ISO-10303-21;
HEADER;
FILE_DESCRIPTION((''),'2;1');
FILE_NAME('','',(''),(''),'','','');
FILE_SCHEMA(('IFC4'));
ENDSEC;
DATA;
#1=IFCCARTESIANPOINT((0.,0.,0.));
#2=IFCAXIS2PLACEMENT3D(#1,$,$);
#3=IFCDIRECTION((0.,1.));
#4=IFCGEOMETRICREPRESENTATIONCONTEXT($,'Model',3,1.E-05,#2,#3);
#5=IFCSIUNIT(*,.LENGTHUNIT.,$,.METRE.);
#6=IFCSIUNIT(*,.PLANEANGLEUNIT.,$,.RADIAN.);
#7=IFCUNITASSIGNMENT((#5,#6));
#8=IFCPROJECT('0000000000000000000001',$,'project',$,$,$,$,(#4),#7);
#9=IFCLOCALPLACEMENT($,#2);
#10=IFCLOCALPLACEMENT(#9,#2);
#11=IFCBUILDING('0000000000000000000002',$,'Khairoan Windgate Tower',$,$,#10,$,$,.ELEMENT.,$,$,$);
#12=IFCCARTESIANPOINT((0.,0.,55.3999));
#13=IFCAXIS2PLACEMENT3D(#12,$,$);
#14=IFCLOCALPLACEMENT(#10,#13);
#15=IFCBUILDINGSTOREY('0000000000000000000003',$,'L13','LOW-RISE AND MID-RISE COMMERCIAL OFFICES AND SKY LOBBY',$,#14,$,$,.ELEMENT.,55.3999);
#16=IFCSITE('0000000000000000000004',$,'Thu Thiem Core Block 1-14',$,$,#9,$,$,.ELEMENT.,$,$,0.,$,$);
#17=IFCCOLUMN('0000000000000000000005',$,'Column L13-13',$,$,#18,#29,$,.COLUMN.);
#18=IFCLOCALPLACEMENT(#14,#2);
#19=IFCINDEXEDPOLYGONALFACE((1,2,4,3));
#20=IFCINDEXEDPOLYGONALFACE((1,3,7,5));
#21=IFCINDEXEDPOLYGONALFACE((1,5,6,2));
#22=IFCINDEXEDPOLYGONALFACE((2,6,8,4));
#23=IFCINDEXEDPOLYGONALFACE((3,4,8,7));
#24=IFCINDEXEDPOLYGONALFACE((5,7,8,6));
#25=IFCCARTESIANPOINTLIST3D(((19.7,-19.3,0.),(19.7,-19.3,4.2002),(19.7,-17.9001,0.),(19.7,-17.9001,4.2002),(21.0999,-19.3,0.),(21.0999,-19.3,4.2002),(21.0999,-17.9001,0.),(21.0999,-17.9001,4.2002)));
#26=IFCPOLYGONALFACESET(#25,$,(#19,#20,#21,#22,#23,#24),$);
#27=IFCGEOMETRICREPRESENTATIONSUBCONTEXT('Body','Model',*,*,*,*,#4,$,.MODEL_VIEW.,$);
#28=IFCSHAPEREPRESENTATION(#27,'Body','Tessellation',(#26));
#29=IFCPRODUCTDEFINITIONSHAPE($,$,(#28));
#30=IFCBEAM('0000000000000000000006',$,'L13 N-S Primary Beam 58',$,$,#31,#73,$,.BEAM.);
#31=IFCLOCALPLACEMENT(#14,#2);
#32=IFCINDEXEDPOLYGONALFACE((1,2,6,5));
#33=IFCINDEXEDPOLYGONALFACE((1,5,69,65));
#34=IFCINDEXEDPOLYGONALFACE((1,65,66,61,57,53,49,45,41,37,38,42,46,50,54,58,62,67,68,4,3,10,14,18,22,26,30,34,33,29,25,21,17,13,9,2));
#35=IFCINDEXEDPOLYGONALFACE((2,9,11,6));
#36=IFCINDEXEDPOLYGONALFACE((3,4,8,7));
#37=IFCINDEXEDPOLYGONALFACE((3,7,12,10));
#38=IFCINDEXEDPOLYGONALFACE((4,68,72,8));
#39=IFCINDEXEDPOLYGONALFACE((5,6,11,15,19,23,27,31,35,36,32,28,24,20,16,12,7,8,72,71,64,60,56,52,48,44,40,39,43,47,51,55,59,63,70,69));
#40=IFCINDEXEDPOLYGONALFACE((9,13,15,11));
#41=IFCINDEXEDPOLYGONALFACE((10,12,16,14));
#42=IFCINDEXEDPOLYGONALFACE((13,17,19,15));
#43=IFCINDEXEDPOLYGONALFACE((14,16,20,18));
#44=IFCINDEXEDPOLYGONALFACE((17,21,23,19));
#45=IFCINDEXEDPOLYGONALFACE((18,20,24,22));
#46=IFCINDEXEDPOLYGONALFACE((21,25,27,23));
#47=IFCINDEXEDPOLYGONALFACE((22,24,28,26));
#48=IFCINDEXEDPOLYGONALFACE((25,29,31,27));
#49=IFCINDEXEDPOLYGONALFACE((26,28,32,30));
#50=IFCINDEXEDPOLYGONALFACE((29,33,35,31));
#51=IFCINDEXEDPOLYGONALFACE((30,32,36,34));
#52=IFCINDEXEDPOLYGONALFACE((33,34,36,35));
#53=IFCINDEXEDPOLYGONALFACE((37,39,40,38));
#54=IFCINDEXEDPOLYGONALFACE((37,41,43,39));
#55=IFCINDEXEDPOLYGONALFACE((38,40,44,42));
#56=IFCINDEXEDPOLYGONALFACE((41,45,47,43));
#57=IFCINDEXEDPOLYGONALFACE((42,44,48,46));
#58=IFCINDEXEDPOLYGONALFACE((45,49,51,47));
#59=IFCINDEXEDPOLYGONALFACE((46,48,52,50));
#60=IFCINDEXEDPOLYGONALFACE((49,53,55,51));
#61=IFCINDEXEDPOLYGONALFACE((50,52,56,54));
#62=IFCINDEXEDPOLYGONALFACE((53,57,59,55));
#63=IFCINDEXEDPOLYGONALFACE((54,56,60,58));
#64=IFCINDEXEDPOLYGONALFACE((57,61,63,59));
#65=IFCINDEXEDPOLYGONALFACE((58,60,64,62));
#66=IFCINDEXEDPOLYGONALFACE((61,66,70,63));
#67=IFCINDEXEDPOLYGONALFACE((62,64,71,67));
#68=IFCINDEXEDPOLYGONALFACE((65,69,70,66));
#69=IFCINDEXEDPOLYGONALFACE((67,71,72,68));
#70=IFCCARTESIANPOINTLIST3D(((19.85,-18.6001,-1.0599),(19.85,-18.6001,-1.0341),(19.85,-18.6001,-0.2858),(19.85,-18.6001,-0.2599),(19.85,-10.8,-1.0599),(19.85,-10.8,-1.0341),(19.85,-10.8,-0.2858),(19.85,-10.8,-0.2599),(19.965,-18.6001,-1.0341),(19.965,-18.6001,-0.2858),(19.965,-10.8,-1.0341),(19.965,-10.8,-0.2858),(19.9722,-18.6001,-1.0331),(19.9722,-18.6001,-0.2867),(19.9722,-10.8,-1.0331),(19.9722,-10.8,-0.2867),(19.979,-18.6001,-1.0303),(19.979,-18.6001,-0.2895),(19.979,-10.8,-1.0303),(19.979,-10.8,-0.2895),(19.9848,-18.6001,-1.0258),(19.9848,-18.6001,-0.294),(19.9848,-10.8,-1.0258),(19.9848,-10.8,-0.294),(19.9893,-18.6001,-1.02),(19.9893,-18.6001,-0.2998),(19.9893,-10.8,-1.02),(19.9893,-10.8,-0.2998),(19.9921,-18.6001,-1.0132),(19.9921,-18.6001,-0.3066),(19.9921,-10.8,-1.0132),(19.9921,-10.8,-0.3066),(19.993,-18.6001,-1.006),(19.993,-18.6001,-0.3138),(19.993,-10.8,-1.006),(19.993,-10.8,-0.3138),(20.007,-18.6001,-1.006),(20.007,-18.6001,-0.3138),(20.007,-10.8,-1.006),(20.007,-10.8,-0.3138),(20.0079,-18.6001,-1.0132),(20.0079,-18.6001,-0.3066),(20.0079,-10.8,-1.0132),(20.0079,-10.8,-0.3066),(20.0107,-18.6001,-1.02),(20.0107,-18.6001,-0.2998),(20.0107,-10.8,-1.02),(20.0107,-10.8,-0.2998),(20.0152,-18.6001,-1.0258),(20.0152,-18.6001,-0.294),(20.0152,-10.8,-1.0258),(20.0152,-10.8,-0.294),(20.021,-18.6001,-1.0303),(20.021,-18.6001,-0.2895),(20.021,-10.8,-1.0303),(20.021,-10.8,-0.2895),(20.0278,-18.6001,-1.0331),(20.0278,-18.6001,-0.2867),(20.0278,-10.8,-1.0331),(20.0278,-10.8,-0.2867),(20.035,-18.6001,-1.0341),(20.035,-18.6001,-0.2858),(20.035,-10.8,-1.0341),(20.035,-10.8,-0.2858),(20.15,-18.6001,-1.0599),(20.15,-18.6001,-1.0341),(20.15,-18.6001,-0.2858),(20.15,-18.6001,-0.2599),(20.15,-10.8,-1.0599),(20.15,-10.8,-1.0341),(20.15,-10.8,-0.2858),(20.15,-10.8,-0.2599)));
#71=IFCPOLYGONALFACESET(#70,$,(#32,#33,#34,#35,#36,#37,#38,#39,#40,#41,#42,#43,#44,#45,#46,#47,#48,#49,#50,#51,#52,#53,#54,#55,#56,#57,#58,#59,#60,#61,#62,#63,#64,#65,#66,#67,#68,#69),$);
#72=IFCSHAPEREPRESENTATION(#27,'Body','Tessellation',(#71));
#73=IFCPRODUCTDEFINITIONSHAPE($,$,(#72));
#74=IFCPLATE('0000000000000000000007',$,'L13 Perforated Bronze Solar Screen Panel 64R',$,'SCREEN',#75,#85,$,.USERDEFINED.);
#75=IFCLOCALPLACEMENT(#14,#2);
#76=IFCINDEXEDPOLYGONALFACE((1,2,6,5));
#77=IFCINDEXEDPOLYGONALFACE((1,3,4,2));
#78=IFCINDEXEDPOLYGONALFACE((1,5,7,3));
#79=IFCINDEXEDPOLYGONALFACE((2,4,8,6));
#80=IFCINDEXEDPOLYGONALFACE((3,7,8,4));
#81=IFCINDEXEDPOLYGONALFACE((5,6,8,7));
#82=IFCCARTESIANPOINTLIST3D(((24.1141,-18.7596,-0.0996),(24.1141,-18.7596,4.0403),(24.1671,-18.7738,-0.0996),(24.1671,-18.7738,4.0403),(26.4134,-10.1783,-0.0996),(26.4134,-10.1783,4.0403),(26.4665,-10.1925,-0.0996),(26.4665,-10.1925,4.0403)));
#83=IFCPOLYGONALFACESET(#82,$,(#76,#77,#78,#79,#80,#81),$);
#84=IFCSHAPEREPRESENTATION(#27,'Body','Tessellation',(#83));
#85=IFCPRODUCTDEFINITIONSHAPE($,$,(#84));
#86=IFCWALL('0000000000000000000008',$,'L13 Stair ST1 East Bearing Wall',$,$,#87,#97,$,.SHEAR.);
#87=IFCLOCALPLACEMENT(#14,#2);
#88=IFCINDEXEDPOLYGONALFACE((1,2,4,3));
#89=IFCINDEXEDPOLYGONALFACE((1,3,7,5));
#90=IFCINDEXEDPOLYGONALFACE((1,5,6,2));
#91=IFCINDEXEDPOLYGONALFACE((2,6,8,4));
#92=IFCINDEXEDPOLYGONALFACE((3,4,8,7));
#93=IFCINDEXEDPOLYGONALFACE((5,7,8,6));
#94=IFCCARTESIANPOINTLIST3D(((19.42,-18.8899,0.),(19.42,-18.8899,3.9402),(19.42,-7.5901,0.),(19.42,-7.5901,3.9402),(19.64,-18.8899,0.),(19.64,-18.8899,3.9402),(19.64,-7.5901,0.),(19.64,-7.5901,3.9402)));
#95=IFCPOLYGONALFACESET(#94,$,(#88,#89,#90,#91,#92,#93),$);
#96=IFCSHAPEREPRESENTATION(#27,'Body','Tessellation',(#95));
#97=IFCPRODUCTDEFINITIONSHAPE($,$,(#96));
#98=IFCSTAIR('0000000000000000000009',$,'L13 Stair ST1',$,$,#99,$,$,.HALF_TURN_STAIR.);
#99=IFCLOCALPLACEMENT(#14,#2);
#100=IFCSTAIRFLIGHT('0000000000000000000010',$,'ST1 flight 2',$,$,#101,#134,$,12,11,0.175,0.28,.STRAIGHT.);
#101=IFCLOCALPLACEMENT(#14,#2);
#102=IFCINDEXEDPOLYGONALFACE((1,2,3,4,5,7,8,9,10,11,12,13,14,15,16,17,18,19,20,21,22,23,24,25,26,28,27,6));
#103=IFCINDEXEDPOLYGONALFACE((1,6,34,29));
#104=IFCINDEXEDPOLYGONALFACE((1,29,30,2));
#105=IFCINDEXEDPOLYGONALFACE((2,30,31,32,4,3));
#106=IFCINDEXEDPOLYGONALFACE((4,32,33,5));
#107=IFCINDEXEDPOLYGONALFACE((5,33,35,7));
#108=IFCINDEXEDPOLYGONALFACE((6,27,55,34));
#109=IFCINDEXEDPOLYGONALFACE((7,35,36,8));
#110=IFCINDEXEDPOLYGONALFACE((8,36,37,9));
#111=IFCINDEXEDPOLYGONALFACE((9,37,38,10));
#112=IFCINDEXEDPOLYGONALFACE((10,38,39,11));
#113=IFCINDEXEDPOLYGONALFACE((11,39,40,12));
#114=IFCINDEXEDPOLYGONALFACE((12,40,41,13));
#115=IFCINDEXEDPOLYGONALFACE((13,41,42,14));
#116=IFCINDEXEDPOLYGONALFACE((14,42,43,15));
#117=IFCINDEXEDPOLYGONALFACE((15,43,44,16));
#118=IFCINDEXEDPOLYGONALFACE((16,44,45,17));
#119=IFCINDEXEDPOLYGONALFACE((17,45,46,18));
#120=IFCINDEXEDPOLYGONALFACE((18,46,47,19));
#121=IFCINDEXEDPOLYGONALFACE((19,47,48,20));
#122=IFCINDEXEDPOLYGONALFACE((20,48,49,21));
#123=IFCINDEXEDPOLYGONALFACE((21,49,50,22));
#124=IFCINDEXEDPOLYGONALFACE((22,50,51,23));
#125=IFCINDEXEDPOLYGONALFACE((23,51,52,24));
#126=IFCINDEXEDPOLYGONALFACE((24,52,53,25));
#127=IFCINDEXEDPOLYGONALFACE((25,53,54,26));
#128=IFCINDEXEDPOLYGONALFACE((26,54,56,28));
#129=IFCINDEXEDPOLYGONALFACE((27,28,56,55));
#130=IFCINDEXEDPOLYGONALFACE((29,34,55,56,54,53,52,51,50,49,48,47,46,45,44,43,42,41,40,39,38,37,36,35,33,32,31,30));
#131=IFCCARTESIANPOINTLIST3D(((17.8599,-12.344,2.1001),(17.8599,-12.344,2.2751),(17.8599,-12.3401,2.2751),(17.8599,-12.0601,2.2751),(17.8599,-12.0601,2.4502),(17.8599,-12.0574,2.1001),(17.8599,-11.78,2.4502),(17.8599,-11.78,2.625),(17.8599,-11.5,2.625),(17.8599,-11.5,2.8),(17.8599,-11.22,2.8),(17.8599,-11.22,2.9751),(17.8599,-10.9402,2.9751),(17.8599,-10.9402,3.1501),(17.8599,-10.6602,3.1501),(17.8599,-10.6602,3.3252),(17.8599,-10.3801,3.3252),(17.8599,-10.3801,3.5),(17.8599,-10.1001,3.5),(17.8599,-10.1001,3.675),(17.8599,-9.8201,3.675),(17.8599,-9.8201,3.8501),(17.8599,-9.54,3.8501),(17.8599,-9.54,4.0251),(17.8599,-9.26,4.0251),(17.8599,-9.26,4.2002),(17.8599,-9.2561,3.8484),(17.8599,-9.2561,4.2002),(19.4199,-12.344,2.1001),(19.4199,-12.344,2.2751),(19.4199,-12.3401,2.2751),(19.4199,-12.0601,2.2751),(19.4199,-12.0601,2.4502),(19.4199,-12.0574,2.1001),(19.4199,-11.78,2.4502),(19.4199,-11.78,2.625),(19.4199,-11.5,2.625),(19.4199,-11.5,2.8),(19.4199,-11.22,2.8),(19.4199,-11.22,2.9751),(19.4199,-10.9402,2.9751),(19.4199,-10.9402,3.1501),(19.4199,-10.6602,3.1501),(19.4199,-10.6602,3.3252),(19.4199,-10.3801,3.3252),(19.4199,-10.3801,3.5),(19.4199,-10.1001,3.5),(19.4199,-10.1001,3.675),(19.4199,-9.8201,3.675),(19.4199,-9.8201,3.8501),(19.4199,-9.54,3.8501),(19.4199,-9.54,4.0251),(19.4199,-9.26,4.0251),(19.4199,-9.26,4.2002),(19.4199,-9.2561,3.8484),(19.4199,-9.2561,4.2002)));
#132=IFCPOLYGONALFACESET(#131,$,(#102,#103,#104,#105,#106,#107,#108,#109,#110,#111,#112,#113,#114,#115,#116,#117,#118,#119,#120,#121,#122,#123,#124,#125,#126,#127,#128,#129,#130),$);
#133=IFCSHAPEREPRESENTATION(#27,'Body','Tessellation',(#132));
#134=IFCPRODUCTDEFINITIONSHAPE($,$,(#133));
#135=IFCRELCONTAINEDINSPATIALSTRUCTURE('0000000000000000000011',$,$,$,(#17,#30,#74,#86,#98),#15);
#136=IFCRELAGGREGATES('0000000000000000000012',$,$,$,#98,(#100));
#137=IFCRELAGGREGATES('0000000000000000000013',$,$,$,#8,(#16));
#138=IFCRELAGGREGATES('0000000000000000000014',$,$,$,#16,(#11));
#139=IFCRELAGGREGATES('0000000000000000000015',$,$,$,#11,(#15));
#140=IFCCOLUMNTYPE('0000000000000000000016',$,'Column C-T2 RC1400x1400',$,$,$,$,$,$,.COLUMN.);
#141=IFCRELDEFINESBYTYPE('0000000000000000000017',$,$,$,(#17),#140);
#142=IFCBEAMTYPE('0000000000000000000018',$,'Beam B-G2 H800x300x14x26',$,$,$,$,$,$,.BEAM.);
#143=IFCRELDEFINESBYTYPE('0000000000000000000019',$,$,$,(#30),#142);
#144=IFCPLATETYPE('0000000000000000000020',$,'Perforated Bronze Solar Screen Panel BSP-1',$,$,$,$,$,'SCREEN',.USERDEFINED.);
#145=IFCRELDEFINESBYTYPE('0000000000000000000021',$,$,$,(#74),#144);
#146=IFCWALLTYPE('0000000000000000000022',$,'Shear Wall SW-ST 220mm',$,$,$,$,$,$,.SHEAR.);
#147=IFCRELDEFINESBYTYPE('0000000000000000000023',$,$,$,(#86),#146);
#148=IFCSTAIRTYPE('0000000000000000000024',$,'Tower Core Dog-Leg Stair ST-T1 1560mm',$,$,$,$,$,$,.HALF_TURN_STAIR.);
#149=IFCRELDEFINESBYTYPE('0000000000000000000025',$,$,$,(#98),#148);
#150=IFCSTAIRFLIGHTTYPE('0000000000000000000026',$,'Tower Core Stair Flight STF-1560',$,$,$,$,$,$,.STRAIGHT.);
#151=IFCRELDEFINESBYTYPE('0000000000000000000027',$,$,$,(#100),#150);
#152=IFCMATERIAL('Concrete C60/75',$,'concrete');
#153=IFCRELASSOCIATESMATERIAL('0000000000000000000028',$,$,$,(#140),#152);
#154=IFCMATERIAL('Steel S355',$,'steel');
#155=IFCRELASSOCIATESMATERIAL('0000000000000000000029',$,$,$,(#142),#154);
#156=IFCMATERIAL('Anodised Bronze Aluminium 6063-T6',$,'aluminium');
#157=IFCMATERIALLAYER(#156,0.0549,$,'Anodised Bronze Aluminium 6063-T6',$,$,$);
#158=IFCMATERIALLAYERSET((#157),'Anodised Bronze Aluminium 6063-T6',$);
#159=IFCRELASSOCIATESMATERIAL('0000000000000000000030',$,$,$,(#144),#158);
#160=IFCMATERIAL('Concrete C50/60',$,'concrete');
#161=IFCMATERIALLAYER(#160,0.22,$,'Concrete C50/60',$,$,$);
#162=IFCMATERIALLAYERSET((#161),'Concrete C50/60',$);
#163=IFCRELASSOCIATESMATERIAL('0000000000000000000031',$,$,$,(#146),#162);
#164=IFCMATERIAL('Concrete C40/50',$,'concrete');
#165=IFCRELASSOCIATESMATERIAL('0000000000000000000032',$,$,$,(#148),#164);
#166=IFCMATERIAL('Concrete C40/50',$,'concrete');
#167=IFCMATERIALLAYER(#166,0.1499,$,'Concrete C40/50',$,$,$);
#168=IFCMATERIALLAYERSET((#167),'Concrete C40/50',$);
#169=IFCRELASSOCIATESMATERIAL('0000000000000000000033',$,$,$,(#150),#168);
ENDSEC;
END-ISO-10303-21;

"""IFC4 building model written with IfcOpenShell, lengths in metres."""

from ifc_helpers import new_model, si_unit, direction, frame, frame_2d, origin, origin_2d, place, context, subcontext, project, spatial, polyline, rectangle, i_section, outline, extrude, material, layer, layer_set, material_profile, profile_set, type_object, element, aggregate, save


model = new_model("IFC4")

# Units and contexts
model_context = context("Model", 3, precision=1e-05, world=origin(), true_north=direction((0.0, 1.0)))
body_context = subcontext(model_context, "Body", "Model", "MODEL_VIEW")
ifc_project = project(units=[si_unit("LENGTHUNIT", "METRE"), si_unit("PLANEANGLEUNIT", "RADIAN")], contexts=[model_context])

# Site, building, storey
site_placement = place(None, origin())
site = spatial("IfcSite", under=ifc_project, at=site_placement, Name="Thu Thiem Core Block 1-14", CompositionType="ELEMENT", RefElevation=0.0)
building_placement = place(site_placement, origin())
building = spatial("IfcBuilding", under=site, at=building_placement, Name="Khairoan Windgate Tower", CompositionType="ELEMENT")
storey_placement = place(building_placement, frame((0.0, 0.0, 55.3999)))
storey = spatial("IfcBuildingStorey", under=building, at=storey_placement, Name="L13", Description="LOW-RISE AND MID-RISE COMMERCIAL OFFICES AND SKY LOBBY", CompositionType="ELEMENT", Elevation=55.3999)

# Column
ifc_material_1 = material(Name="Concrete C60/75", Category="concrete")
ifc_material_profile_1 = material_profile(ifc_material_1, rectangle(XDim=1.3999, YDim=1.3999, at=origin_2d()))
ifc_profile_set_1 = profile_set([ifc_material_profile_1], Name="Concrete C60/75")
column_type = type_object("IfcColumnType", Name="Column C-T2 RC1400x1400", PredefinedType="COLUMN", material=ifc_profile_set_1)
column_placement = place(storey_placement, frame((20.3999, -18.6001, 0.0), z_axis=(0.0, 0.0, 1.0), x_axis=(1.0, 0.0, 0.0)))
element("IfcColumn", 1, at=column_placement, inside=storey, type_object=column_type, Name="Column L13-13", PredefinedType="COLUMN", context=body_context, shape_type="SweptSolid", body=[
    extrude(rectangle(XDim=1.3999, YDim=1.3999, at=origin_2d()), origin(), (0.0, 0.0, 1.0), 4.2002),
])

# Beam
ifc_material_2 = material(Name="Steel S355", Category="steel")
ifc_material_profile_2 = material_profile(ifc_material_2, i_section(OverallWidth=0.3, OverallDepth=0.8, WebThickness=0.0139, FlangeThickness=0.0259, FilletRadius=0.0281, at=origin_2d()))
ifc_profile_set_2 = profile_set([ifc_material_profile_2], Name="Steel S355")
beam_type = type_object("IfcBeamType", Name="Beam B-G2 H800x300x14x26", PredefinedType="BEAM", material=ifc_profile_set_2)
beam_placement = place(storey_placement, frame((20.0, -18.6001, -0.6599), z_axis=(0.0, 1.0, 0.0), x_axis=(-1.0, 0.0, 0.0)))
element("IfcBeam", 2, at=beam_placement, inside=storey, type_object=beam_type, Name="L13 N-S Primary Beam 58", PredefinedType="BEAM", context=body_context, shape_type="SweptSolid", body=[
    extrude(i_section(OverallWidth=0.3, OverallDepth=0.8, WebThickness=0.0139, FlangeThickness=0.0259, FilletRadius=0.0281, at=origin_2d()), origin(), (0.0, 0.0, 1.0), 7.8),
])

# Plate
ifc_material_3 = material(Name="Anodised Bronze Aluminium 6063-T6", Category="aluminium")
ifc_layer_1 = layer(ifc_material_3, 0.0549, Name="Anodised Bronze Aluminium 6063-T6")
ifc_layer_set_1 = layer_set([ifc_layer_1], Name="Anodised Bronze Aluminium 6063-T6")
plate_type = type_object("IfcPlateType", Name="Perforated Bronze Solar Screen Panel BSP-1", ElementType="SCREEN", PredefinedType="USERDEFINED", material=ifc_layer_set_1)
plate_placement = place(storey_placement, frame((25.2903, -14.4761, -0.0996), z_axis=(0.0, 0.0, 1.0), x_axis=(-0.258819, -0.965926, 0.0)))
element("IfcPlate", 3, at=plate_placement, inside=storey, type_object=plate_type, Name="L13 Perforated Bronze Solar Screen Panel 64R", ObjectType="SCREEN", PredefinedType="USERDEFINED", context=body_context, shape_type="SweptSolid", body=[
    extrude(rectangle(XDim=8.884, YDim=0.0549, at=origin_2d()), origin(), (0.0, 0.0, 1.0), 4.1399),
])

# Wall
ifc_material_4 = material(Name="Concrete C50/60", Category="concrete")
ifc_layer_2 = layer(ifc_material_4, 0.22, Name="Concrete C50/60")
ifc_layer_set_2 = layer_set([ifc_layer_2], Name="Concrete C50/60")
wall_type = type_object("IfcWallType", Name="Shear Wall SW-ST 220mm", PredefinedType="SHEAR", material=ifc_layer_set_2)
wall_placement = place(storey_placement, frame((19.53, -18.8899, 0.0), z_axis=(0.0, 0.0, 1.0), x_axis=(0.0, 1.0, 0.0)))
element("IfcWall", 4, at=wall_placement, inside=storey, type_object=wall_type, Name="L13 Stair ST1 East Bearing Wall", PredefinedType="SHEAR", context=body_context, shape_type="SweptSolid", body=[
    extrude(rectangle(XDim=11.2998, YDim=0.22, at=frame_2d((5.6499, 0.0))), origin(), (0.0, 0.0, 1.0), 3.9402),
])

# Stair, stair flight
ifc_material_5 = material(Name="Concrete C40/50", Category="concrete")
stair_type = type_object("IfcStairType", Name="Tower Core Dog-Leg Stair ST-T1 1560mm", PredefinedType="HALF_TURN_STAIR", material=ifc_material_5)
stair_placement = place(storey_placement, origin())
stair = element("IfcStair", 5, at=stair_placement, inside=storey, type_object=stair_type, Name="L13 Stair ST1", PredefinedType="HALF_TURN_STAIR")
ifc_material_6 = material(Name="Concrete C40/50", Category="concrete")
ifc_layer_3 = layer(ifc_material_6, 0.1499, Name="Concrete C40/50")
ifc_layer_set_3 = layer_set([ifc_layer_3], Name="Concrete C40/50")
stair_flight_type = type_object("IfcStairFlightType", Name="Tower Core Stair Flight STF-1560", PredefinedType="STRAIGHT", material=ifc_layer_set_3)
stair_flight_placement = place(storey_placement, frame((18.6399, -12.3401, 2.1001), z_axis=(0.0, 0.0, 1.0), x_axis=(0.0, 1.0, 0.0)))
stair_flight = element("IfcStairFlight", 6, at=stair_flight_placement, type_object=stair_flight_type, Name="ST1 flight 2", NumberOfRisers=12, NumberOfTreads=11, PredefinedType="STRAIGHT", RiserHeight=0.175, TreadLength=0.28, context=body_context, shape_type="SweptSolid", body=[
    extrude(outline(polyline([(-0.0039, 0.0), (-0.0039, 0.175), (0.0, 0.175), (0.28, 0.175), (0.28, 0.3501), (0.5601, 0.3501), (0.5601, 0.5249), (0.8401, 0.5249), (0.8401, 0.7), (1.1201, 0.7), (1.1201, 0.875), (1.3999, 0.875), (1.3999, 1.05), (1.6799, 1.05), (1.6799, 1.2251), (1.96, 1.2251), (1.96, 1.3999), (2.24, 1.3999), (2.24, 1.575), (2.52, 1.575), (2.52, 1.75), (2.8, 1.75), (2.8, 1.925), (3.0801, 1.925), (3.0801, 2.1001), (3.084, 2.1001), (3.084, 1.7483), (0.2827, 0.0), (-0.0039, 0.0)])), frame((0.0, 0.78, 0.0), z_axis=(0.0, -1.0, 0.0), x_axis=(1.0, 0.0, 0.0)), (0.0, 0.0, 1.0), 1.5601),
])
aggregate(stair, [stair_flight])

save(model, "model.ifc")
